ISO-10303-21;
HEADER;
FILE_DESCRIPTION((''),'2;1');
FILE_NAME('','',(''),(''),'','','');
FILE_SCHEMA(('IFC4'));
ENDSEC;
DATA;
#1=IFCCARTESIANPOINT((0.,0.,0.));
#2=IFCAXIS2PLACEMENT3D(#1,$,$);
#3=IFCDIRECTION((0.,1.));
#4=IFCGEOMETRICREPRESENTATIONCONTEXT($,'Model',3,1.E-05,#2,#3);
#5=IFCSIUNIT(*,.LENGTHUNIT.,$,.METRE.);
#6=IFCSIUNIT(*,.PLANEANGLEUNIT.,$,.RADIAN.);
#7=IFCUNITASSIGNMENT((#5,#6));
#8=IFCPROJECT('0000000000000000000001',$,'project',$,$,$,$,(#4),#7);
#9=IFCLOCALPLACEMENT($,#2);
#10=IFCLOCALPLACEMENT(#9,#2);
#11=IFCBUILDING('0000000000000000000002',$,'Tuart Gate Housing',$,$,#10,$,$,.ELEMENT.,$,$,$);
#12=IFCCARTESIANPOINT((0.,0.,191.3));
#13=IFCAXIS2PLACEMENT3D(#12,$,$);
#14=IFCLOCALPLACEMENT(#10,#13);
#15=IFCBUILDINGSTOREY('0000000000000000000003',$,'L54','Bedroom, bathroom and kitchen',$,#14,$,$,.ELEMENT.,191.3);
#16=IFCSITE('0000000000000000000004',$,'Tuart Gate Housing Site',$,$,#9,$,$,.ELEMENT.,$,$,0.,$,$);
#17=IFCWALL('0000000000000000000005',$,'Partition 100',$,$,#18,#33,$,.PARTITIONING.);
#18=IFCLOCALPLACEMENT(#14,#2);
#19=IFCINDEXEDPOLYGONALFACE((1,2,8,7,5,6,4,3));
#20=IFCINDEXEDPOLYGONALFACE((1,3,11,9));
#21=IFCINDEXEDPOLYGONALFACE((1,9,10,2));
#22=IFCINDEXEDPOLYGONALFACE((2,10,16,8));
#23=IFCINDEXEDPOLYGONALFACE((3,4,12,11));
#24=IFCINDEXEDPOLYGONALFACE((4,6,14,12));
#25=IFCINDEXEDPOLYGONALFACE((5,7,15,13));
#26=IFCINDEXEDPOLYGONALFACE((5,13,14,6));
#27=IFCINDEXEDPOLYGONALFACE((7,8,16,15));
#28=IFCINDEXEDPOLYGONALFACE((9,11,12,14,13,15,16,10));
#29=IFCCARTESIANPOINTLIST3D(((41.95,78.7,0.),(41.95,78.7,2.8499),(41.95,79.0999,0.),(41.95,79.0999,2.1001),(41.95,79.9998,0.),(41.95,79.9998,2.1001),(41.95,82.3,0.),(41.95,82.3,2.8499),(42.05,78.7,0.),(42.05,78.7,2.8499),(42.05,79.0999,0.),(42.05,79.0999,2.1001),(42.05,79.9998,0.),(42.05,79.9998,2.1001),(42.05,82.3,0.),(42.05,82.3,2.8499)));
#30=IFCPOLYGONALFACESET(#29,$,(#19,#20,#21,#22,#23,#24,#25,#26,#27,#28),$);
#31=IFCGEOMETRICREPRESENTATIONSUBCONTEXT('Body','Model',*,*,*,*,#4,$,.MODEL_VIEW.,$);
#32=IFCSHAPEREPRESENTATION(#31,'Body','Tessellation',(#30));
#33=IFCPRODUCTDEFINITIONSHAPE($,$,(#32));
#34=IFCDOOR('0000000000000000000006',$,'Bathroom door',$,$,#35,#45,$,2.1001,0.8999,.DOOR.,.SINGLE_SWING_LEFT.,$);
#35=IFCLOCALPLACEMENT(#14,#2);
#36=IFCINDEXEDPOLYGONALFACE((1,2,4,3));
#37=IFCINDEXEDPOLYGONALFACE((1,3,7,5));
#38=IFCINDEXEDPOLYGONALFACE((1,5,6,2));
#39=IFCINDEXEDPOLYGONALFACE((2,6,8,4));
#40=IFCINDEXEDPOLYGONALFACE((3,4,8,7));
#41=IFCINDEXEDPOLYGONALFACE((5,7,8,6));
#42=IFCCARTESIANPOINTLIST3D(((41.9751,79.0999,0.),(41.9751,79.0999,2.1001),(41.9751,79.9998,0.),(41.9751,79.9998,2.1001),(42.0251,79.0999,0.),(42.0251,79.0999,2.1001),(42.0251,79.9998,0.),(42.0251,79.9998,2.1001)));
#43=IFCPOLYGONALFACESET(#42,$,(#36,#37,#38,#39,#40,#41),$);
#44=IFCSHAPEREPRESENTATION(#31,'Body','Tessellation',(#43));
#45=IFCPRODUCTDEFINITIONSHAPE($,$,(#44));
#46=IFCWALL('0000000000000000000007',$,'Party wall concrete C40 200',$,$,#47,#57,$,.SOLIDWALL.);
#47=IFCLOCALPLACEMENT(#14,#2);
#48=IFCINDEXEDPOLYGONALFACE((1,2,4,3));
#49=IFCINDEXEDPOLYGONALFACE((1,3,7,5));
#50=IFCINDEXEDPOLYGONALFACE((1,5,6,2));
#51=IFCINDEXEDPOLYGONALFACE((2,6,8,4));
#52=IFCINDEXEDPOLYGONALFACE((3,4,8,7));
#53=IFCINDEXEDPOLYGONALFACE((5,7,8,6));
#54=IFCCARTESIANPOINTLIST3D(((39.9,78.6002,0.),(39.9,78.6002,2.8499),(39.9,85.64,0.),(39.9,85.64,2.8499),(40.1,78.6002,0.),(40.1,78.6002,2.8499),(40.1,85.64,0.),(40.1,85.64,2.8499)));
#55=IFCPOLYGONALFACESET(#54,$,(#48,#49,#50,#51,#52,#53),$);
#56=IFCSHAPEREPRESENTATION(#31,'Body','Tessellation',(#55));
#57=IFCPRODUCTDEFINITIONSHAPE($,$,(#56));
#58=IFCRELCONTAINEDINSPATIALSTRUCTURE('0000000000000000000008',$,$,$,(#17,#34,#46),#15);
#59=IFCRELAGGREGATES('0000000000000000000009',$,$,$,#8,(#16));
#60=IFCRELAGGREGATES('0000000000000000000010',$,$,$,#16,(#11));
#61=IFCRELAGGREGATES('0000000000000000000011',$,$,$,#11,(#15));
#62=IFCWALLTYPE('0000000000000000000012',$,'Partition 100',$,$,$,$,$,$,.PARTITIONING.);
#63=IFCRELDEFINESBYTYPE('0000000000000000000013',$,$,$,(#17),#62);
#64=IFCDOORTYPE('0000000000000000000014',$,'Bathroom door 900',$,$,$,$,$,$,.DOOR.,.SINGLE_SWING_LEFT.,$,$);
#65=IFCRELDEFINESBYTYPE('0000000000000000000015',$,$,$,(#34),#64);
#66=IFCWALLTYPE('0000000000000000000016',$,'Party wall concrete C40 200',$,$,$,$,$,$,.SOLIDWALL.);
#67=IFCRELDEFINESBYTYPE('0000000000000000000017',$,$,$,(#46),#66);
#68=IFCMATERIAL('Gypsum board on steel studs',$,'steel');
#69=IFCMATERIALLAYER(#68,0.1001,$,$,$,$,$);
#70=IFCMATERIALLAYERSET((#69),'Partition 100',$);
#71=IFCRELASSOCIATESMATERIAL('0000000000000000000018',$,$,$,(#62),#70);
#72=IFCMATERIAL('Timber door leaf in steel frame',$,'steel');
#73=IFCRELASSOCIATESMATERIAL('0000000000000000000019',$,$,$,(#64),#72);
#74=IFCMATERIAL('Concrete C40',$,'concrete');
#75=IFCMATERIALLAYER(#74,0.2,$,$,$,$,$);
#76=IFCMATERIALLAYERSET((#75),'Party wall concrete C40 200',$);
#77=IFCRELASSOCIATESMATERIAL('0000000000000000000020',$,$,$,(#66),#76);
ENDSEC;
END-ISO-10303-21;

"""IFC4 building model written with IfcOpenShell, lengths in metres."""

from ifc_helpers import new_model, si_unit, direction, frame, frame_2d, origin, place, context, subcontext, project, spatial, rectangle, extrude, material, layer, layer_set, type_object, element, fill, save


model = new_model("IFC4")

# Units and contexts
model_context = context("Model", 3, precision=1e-05, world=origin(), true_north=direction((0.0, 1.0)))
body_context = subcontext(model_context, "Body", "Model", "MODEL_VIEW")
ifc_project = project(units=[si_unit("LENGTHUNIT", "METRE"), si_unit("PLANEANGLEUNIT", "RADIAN")], contexts=[model_context])

# Site, building, storey
site_placement = place(None, origin())
site = spatial("IfcSite", under=ifc_project, at=site_placement, Name="Tuart Gate Housing Site", CompositionType="ELEMENT", RefElevation=0.0)
building_placement = place(site_placement, origin())
building = spatial("IfcBuilding", under=site, at=building_placement, Name="Tuart Gate Housing", CompositionType="ELEMENT")
storey_placement = place(building_placement, frame((0.0, 0.0, 191.3)))
storey = spatial("IfcBuildingStorey", under=building, at=storey_placement, Name="L54", Description="Bedroom, bathroom and kitchen", CompositionType="ELEMENT", Elevation=191.3)

# Shared definitions
ifc_material_1 = material(Name="Gypsum board on steel studs", Category="steel")
ifc_layer_1 = layer(ifc_material_1, 0.1001)
ifc_layer_set_1 = layer_set([ifc_layer_1], Name="Partition 100")
wall_type_1 = type_object("IfcWallType", Name="Partition 100", PredefinedType="PARTITIONING", material=ifc_layer_set_1)

# Wall, opening, door
wall_1_placement = place(storey_placement, frame((42.0, 78.7, 0.0), z_axis=(0.0, 0.0, 1.0), x_axis=(0.0, 1.0, 0.0)))
wall_1 = element("IfcWall", 1, at=wall_1_placement, inside=storey, type_object=wall_type_1, Name="Partition 100", PredefinedType="PARTITIONING", context=body_context, shape_type="SweptSolid", body=[
    extrude(rectangle(XDim=3.6001, YDim=0.1001, at=frame_2d((1.8, 0.0))), origin(), (0.0, 0.0, 1.0), 2.8499),
])
opening_1_placement = place(wall_1_placement, frame((0.3999, 0.0, 0.0)))
opening_1 = element("IfcOpeningElement", 2, at=opening_1_placement, cuts=wall_1, PredefinedType="OPENING", context=body_context, shape_type="SweptSolid", body=[
    extrude(rectangle(XDim=0.8999, YDim=2.1001, at=frame_2d((0.45, 1.05))), frame((0.0, 0.0601, 0.0), z_axis=(0.0, -1.0, 0.0), x_axis=(1.0, 0.0, 0.0)), (0.0, 0.0, 1.0), 0.1201),
])
ifc_material_2 = material(Name="Timber door leaf in steel frame", Category="steel")
door_type_1 = type_object("IfcDoorType", Name="Bathroom door 900", OperationType="SINGLE_SWING_LEFT", PredefinedType="DOOR", material=ifc_material_2)
door_1_placement = place(opening_1_placement, origin())
door_1 = element("IfcDoor", 3, at=door_1_placement, inside=storey, type_object=door_type_1, Name="Bathroom door", OperationType="SINGLE_SWING_LEFT", OverallHeight=2.1001, OverallWidth=0.8999, PredefinedType="DOOR", context=body_context, shape_type="SweptSolid", body=[
    extrude(rectangle(XDim=0.8999, YDim=2.1001, at=frame_2d((0.45, 1.05))), frame((0.0, 0.0249, 0.0), z_axis=(0.0, -1.0, 0.0), x_axis=(1.0, 0.0, 0.0)), (0.0, 0.0, 1.0), 0.05),
])
fill(opening_1, door_1)

# Wall
ifc_material_3 = material(Name="Concrete C40", Category="concrete")
ifc_layer_2 = layer(ifc_material_3, 0.2)
ifc_layer_set_2 = layer_set([ifc_layer_2], Name="Party wall concrete C40 200")
wall_type_2 = type_object("IfcWallType", Name="Party wall concrete C40 200", PredefinedType="SOLIDWALL", material=ifc_layer_set_2)
wall_2_placement = place(storey_placement, frame((40.0, 78.6001, 0.0), z_axis=(0.0, 0.0, 1.0), x_axis=(0.0, 1.0, 0.0)))
element("IfcWall", 4, at=wall_2_placement, inside=storey, type_object=wall_type_2, Name="Party wall concrete C40 200", PredefinedType="SOLIDWALL", context=body_context, shape_type="SweptSolid", body=[
    extrude(rectangle(XDim=7.0398, YDim=0.2, at=frame_2d((3.52, 0.0))), origin(), (0.0, 0.0, 1.0), 2.8499),
])

save(model, "model.ifc")
